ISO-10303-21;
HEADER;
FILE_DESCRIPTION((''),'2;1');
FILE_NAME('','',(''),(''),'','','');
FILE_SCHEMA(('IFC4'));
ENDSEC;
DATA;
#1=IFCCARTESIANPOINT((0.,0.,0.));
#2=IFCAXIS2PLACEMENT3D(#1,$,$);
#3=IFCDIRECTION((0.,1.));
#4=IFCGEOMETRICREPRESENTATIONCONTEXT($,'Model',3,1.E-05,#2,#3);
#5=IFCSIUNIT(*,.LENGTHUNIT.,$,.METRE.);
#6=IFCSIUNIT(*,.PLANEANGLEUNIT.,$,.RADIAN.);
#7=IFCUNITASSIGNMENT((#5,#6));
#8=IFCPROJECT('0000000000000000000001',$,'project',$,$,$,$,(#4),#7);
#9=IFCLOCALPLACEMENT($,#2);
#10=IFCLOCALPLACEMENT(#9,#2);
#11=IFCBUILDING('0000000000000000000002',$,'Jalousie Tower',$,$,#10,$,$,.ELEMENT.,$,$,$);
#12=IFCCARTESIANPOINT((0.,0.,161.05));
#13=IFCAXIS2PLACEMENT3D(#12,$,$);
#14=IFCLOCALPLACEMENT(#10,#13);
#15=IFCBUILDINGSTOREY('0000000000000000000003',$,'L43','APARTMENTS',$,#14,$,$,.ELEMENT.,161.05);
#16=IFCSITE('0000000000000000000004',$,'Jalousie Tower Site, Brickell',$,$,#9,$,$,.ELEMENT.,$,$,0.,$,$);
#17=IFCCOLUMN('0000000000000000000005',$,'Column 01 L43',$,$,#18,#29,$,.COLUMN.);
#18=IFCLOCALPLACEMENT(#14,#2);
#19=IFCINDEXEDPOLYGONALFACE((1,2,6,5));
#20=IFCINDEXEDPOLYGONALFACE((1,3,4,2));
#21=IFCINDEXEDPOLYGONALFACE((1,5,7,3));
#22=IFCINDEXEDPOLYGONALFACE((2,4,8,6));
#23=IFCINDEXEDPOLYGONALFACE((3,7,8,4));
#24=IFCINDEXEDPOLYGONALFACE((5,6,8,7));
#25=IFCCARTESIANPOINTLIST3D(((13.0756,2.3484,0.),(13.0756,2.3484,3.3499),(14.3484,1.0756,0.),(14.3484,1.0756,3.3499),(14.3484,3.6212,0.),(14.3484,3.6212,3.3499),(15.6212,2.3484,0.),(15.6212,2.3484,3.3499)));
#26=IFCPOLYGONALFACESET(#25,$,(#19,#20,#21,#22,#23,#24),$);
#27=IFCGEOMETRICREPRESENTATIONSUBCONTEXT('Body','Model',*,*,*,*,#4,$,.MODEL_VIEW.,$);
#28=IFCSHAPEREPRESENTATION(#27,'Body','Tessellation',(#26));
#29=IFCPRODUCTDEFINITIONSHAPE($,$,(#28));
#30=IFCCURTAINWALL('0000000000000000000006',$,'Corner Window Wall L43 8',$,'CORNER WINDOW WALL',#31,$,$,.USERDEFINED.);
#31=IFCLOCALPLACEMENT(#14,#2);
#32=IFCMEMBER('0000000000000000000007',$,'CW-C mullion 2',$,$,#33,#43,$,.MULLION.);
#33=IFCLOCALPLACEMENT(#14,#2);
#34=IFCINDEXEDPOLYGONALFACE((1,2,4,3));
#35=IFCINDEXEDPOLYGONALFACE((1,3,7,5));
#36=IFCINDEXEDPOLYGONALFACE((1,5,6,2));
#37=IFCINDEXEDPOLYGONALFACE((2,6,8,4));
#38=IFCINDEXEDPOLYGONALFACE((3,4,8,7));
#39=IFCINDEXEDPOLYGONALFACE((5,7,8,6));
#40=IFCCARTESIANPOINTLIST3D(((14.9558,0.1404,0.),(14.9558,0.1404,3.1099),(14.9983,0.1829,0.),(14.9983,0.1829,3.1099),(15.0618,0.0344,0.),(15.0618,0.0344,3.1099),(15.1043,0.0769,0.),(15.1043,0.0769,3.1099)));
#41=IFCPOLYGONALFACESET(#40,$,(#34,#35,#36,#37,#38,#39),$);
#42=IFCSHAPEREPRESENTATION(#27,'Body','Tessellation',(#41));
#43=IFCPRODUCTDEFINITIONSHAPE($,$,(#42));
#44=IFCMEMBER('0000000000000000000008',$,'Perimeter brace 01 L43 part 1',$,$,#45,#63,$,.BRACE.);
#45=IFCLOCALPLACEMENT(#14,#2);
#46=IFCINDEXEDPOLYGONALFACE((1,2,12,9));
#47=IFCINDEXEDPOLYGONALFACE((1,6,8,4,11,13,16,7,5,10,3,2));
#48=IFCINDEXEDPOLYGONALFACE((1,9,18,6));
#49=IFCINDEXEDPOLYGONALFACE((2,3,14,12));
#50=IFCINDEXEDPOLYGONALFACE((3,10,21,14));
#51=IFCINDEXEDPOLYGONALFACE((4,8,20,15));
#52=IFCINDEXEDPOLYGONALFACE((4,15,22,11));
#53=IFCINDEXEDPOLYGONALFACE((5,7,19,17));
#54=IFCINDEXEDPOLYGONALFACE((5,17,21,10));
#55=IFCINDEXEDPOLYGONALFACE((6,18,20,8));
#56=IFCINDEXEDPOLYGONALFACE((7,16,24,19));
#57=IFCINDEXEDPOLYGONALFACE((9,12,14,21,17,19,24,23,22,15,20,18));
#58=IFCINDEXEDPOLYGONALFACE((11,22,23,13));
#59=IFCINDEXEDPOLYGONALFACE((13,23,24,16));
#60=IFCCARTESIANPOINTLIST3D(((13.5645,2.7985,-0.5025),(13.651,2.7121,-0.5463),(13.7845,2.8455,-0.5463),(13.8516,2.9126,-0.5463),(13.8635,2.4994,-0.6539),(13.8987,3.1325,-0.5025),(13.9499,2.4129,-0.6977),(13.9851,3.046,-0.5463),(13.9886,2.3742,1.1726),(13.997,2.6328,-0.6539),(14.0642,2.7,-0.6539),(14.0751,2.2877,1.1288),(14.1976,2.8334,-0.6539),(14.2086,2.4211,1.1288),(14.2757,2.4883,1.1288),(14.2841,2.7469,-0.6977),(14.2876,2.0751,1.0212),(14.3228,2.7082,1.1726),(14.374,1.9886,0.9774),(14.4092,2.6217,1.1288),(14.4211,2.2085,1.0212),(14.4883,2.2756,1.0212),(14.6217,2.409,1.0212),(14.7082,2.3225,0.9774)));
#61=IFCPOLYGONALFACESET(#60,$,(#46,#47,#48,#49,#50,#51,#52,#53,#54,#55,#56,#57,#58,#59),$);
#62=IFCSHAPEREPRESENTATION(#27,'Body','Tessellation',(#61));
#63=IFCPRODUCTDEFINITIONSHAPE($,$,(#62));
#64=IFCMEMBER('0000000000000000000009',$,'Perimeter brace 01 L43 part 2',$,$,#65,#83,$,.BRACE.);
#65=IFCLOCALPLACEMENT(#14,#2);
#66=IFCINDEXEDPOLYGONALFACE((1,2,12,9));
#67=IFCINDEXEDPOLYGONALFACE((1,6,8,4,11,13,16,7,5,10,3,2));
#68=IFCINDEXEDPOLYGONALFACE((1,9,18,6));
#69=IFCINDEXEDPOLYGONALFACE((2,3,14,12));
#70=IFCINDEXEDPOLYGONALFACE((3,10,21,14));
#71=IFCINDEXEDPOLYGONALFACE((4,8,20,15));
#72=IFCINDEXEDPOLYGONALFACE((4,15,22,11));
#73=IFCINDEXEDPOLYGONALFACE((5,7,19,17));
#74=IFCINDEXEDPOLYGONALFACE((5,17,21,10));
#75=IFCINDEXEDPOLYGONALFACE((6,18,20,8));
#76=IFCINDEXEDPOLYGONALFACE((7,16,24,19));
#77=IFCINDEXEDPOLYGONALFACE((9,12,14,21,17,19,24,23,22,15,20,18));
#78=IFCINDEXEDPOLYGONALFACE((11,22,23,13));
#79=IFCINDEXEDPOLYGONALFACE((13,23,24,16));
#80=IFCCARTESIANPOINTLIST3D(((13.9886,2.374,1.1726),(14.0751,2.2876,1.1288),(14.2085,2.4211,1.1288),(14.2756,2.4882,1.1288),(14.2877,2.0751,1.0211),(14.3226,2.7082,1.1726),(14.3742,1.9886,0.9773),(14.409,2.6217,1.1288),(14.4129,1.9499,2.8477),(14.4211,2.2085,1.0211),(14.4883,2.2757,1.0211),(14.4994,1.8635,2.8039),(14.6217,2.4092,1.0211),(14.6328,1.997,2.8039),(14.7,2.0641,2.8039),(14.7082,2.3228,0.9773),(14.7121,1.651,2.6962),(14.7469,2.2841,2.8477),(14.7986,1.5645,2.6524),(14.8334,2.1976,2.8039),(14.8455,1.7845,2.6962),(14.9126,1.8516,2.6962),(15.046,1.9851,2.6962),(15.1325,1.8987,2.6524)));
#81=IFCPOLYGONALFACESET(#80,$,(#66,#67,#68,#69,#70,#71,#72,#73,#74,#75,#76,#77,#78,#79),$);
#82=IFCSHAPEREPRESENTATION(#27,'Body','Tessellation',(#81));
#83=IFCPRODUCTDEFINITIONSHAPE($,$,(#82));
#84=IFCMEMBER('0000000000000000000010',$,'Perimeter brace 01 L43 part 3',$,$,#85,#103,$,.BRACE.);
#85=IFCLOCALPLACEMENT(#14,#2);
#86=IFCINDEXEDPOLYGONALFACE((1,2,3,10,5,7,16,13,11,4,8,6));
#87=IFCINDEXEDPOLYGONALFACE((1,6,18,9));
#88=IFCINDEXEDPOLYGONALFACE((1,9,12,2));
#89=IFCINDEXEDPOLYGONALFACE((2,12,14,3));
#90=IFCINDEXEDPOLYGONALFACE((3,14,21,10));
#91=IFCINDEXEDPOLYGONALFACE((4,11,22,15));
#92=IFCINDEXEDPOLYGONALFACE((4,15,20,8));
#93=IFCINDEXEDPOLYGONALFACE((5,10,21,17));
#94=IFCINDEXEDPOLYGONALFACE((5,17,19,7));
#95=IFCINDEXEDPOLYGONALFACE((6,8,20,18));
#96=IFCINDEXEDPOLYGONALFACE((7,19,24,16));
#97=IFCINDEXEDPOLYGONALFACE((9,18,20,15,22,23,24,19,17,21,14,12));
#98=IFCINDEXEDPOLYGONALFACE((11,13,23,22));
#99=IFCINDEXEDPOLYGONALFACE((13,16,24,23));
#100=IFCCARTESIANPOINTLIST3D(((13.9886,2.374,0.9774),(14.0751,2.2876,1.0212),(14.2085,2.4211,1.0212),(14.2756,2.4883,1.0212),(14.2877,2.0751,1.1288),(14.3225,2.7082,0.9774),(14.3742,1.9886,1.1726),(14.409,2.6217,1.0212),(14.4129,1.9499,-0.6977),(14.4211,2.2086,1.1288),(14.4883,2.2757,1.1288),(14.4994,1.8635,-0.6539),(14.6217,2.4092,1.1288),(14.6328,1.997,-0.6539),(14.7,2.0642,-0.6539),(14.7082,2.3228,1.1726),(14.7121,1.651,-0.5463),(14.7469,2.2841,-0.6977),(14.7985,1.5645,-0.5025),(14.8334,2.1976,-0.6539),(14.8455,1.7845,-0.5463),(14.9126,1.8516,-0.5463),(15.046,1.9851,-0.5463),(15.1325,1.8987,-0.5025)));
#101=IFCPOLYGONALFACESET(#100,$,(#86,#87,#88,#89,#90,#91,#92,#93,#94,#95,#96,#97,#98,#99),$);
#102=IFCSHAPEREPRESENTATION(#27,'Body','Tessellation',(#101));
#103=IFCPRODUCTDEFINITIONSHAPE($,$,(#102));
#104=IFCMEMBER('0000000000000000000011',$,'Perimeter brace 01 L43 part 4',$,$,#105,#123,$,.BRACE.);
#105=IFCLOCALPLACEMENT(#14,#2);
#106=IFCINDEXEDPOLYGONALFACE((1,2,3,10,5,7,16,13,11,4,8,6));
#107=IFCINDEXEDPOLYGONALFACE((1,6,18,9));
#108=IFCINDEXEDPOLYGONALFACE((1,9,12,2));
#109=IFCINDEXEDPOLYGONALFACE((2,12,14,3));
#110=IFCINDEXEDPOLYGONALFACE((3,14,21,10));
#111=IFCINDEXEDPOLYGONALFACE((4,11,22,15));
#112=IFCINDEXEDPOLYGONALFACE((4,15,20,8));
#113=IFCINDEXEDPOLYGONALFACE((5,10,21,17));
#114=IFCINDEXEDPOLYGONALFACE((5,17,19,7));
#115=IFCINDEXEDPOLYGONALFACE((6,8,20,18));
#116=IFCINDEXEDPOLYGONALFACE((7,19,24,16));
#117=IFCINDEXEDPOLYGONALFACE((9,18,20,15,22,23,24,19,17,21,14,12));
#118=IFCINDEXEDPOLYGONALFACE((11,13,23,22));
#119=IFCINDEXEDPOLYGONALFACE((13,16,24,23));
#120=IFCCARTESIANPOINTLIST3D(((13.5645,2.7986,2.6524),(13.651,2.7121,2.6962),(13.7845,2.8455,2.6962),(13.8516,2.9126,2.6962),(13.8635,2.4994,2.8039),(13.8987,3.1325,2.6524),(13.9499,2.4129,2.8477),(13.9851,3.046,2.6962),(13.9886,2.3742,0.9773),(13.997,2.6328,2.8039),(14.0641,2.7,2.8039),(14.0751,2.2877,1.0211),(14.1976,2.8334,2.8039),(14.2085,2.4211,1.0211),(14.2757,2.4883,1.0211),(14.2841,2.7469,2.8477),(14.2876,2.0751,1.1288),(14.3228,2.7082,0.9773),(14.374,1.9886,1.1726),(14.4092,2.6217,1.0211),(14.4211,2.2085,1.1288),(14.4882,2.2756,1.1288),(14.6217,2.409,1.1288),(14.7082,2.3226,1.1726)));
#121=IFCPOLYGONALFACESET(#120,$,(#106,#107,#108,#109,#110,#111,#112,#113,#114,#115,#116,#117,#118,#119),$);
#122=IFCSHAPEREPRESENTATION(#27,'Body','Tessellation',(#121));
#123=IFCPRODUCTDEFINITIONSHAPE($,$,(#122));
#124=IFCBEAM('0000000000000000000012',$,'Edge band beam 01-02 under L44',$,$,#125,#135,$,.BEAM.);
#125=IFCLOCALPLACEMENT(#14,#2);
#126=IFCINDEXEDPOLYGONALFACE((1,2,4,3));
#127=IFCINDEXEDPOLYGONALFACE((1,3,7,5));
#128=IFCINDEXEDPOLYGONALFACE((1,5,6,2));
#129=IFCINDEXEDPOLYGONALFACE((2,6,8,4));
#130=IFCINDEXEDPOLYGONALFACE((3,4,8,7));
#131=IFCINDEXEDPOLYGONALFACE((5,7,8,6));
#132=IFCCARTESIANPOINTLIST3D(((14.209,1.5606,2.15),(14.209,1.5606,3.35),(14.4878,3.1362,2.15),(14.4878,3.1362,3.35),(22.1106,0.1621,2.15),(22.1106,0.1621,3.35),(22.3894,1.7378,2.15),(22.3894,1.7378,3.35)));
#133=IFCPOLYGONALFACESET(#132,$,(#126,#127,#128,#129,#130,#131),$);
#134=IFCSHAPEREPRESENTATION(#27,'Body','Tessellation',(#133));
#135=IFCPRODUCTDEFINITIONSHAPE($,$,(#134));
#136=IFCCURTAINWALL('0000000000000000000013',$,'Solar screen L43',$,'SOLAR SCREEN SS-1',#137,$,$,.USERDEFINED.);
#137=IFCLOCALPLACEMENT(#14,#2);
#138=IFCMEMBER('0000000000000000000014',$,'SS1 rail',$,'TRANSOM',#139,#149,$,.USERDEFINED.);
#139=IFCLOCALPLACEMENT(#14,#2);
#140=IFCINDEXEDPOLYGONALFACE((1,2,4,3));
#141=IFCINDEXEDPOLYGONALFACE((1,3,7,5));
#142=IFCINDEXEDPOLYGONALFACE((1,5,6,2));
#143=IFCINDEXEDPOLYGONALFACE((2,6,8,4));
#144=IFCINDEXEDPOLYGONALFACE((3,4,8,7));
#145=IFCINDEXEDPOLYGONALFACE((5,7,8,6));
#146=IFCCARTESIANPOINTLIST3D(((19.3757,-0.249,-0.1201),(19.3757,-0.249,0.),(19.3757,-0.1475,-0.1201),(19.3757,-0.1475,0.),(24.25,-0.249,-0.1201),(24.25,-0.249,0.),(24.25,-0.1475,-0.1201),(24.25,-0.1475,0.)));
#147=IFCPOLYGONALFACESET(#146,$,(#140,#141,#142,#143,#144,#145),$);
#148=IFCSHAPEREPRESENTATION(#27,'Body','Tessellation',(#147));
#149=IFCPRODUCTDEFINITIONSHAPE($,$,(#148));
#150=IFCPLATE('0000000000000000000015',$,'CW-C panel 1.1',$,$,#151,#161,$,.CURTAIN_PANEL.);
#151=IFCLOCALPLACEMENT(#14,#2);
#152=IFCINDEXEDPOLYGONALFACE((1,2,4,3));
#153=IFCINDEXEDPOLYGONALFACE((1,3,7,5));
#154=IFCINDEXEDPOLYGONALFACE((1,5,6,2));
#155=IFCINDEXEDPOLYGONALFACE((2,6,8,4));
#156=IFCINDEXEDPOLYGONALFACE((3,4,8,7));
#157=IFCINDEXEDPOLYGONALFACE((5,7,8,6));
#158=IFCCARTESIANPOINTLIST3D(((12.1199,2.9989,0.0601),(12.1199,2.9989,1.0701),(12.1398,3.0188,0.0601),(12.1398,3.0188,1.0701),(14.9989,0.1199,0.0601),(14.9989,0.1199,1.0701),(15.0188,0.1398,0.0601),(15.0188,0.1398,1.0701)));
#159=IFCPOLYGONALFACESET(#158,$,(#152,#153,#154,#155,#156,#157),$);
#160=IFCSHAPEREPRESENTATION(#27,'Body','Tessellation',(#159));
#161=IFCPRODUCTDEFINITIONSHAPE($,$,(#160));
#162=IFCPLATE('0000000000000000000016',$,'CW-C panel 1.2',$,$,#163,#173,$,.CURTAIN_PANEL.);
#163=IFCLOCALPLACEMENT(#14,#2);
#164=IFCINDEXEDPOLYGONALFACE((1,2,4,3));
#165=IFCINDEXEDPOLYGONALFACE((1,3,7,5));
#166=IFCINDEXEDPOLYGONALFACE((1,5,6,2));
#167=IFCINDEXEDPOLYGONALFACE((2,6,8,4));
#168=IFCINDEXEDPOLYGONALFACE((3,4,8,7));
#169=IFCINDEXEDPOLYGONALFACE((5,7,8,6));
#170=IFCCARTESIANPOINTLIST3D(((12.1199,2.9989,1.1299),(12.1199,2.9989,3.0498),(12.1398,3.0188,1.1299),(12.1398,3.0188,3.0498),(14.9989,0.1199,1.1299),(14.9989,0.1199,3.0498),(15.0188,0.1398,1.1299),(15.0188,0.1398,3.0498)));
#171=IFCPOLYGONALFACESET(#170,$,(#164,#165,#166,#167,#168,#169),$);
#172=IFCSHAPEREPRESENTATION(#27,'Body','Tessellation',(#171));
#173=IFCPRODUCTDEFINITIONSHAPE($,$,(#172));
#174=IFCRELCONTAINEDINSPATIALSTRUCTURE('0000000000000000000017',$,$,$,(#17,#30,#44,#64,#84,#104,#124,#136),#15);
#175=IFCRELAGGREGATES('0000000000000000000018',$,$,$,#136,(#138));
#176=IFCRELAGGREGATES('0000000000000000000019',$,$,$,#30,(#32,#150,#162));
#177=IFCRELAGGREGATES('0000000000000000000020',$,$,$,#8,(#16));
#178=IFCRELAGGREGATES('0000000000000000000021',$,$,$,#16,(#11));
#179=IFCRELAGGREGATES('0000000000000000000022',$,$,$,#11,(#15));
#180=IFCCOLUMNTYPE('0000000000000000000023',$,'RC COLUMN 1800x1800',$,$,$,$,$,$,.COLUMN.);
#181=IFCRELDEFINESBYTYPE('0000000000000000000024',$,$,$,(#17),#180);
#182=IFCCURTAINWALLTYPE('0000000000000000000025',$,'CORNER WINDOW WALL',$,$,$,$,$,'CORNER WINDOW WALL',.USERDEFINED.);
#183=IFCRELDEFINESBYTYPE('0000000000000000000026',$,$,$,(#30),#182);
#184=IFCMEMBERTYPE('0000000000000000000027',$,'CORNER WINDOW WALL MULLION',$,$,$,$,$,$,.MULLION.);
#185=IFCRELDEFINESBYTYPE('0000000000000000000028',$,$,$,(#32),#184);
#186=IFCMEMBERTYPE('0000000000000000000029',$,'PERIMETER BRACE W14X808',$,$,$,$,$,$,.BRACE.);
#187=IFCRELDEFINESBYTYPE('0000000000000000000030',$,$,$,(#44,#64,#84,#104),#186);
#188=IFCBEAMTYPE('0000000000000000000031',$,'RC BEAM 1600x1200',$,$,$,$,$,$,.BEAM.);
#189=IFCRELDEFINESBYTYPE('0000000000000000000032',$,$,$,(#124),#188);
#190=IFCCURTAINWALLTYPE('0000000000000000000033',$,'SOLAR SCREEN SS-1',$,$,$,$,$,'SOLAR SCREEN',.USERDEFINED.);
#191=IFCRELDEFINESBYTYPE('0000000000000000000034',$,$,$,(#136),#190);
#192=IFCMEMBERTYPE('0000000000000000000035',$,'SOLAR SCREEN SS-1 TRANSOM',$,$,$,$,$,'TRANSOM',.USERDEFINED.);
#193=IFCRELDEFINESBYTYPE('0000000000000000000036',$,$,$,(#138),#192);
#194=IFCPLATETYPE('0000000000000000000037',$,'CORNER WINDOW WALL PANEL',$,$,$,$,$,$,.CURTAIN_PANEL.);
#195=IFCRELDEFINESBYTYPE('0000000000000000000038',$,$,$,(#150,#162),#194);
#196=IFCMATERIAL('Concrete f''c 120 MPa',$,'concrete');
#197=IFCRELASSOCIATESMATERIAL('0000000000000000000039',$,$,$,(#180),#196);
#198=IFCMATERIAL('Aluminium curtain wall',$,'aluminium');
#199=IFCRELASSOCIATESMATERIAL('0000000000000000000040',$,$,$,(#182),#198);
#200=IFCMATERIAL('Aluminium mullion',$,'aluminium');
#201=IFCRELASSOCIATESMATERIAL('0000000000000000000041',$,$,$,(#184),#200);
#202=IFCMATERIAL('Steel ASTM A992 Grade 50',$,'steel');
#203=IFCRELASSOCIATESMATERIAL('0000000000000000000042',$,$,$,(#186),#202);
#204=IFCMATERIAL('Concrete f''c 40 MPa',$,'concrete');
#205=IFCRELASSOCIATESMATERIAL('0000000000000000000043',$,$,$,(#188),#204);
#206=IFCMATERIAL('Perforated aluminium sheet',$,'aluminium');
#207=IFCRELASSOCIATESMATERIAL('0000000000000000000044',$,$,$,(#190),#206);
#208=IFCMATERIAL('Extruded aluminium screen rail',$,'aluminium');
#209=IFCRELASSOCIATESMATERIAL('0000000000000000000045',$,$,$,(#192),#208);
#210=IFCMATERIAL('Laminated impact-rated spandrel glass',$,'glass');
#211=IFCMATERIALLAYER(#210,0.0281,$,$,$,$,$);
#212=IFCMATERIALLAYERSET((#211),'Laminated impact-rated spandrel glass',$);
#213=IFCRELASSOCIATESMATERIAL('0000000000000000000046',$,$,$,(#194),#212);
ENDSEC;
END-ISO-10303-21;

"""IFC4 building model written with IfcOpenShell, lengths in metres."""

from ifc_helpers import new_model, si_unit, direction, frame, origin, origin_2d, place, context, subcontext, project, spatial, rectangle, i_section, extrude, material, layer, layer_set, material_profile, profile_set, type_object, element, aggregate, save


model = new_model("IFC4")

# Units and contexts
model_context = context("Model", 3, precision=1e-05, world=origin(), true_north=direction((0.0, 1.0)))
body_context = subcontext(model_context, "Body", "Model", "MODEL_VIEW")
ifc_project = project(units=[si_unit("LENGTHUNIT", "METRE"), si_unit("PLANEANGLEUNIT", "RADIAN")], contexts=[model_context])

# Site, building, storey
site_placement = place(None, origin())
site = spatial("IfcSite", under=ifc_project, at=site_placement, Name="Jalousie Tower Site, Brickell", CompositionType="ELEMENT", RefElevation=0.0)
building_placement = place(site_placement, origin())
building = spatial("IfcBuilding", under=site, at=building_placement, Name="Jalousie Tower", CompositionType="ELEMENT")
storey_placement = place(building_placement, frame((0.0, 0.0, 161.05)))
storey = spatial("IfcBuildingStorey", under=building, at=storey_placement, Name="L43", Description="APARTMENTS", CompositionType="ELEMENT", Elevation=161.05)

# Column
ifc_material_1 = material(Name="Concrete f'c 120 MPa", Category="concrete")
ifc_material_profile_1 = material_profile(ifc_material_1, rectangle(XDim=1.8, YDim=1.8, at=origin_2d()), Name="RC 1800x1800")
ifc_profile_set_1 = profile_set([ifc_material_profile_1], Name="Concrete f'c 120 MPa")
column_type = type_object("IfcColumnType", Name="RC COLUMN 1800x1800", PredefinedType="COLUMN", material=ifc_profile_set_1)
column_placement = place(storey_placement, frame((14.3484, 2.3484, 0.0), z_axis=(0.0, 0.0, 1.0), x_axis=(0.707107, 0.707107, 0.0)))
element("IfcColumn", 1, at=column_placement, inside=storey, type_object=column_type, Name="Column 01 L43", PredefinedType="COLUMN", context=body_context, shape_type="SweptSolid", body=[
    extrude(rectangle(XDim=1.8, YDim=1.8, at=origin_2d()), origin(), (0.0, 0.0, 1.0), 3.3499),
])

# Curtain wall, member
ifc_material_2 = material(Name="Aluminium curtain wall", Category="aluminium")
curtain_wall_type_1 = type_object("IfcCurtainWallType", Name="CORNER WINDOW WALL", ElementType="CORNER WINDOW WALL", PredefinedType="USERDEFINED", material=ifc_material_2)
curtain_wall_1_placement = place(storey_placement, origin())
curtain_wall_1 = element("IfcCurtainWall", 2, at=curtain_wall_1_placement, inside=storey, type_object=curtain_wall_type_1, Name="Corner Window Wall L43 8", ObjectType="CORNER WINDOW WALL", PredefinedType="USERDEFINED")
ifc_material_3 = material(Name="Aluminium mullion", Category="aluminium")
ifc_material_profile_2 = material_profile(ifc_material_3, rectangle(XDim=0.0601, YDim=0.1499, at=origin_2d()), Name="MULLION 60x150")
ifc_profile_set_2 = profile_set([ifc_material_profile_2], Name="Aluminium mullion")
member_type_1 = type_object("IfcMemberType", Name="CORNER WINDOW WALL MULLION", PredefinedType="MULLION", material=ifc_profile_set_2)
member_1_placement = place(storey_placement, frame((15.03, 0.1086, 0.0), z_axis=(0.0, 0.0, 1.0), x_axis=(0.707107, 0.707107, 0.0)))
member_1 = element("IfcMember", 3, at=member_1_placement, type_object=member_type_1, Name="CW-C mullion 2", PredefinedType="MULLION", context=body_context, shape_type="SweptSolid", body=[
    extrude(rectangle(XDim=0.0601, YDim=0.1499, at=origin_2d()), origin(), (0.0, 0.0, 1.0), 3.1099),
])

# Members
ifc_material_4 = material(Name="Steel ASTM A992 Grade 50", Category="steel")
ifc_material_profile_3 = material_profile(ifc_material_4, i_section(OverallWidth=0.4724, OverallDepth=0.5791, WebThickness=0.095, FlangeThickness=0.1299, at=origin_2d()), Name="W14X808")
ifc_profile_set_3 = profile_set([ifc_material_profile_3], Name="Steel ASTM A992 Grade 50")
member_type_2 = type_object("IfcMemberType", Name="PERIMETER BRACE W14X808", PredefinedType="BRACE", material=ifc_profile_set_3)
for number, where, z_axis, x_axis, name in (
    (4, (13.9243, 2.7727, -0.6001), (0.238346, -0.238483, 0.941444), (0.70731, 0.706903, 0.0), "Perimeter brace 01 L43 part 1"),
    (5, (14.3484, 2.3484, 1.075), (0.238483, -0.238346, 0.941444), (0.706903, 0.70731, 0.0), "Perimeter brace 01 L43 part 2"),
    (6, (14.7727, 1.9243, -0.6001), (-0.238483, 0.238346, 0.941444), (-0.706903, -0.70731, 0.0), "Perimeter brace 01 L43 part 3"),
    (7, (14.3484, 2.3484, 1.075), (-0.238346, 0.238483, 0.941444), (-0.70731, -0.706903, 0.0), "Perimeter brace 01 L43 part 4"),
):
    element("IfcMember", number, at=place(storey_placement, frame(where, z_axis=z_axis, x_axis=x_axis)), inside=storey, type_object=member_type_2, Name=name, PredefinedType="BRACE", context=body_context, shape_type="SweptSolid", body=[
        extrude(i_section(OverallWidth=0.4724, OverallDepth=0.5791, WebThickness=0.095, FlangeThickness=0.1299, at=origin_2d()), origin(), (0.0, 0.0, 1.0), 1.7793),
    ])

# Beam
ifc_material_5 = material(Name="Concrete f'c 40 MPa", Category="concrete")
ifc_material_profile_4 = material_profile(ifc_material_5, rectangle(XDim=1.6001, YDim=1.2, at=origin_2d()), Name="RC 1600x1200")
ifc_profile_set_4 = profile_set([ifc_material_profile_4], Name="Concrete f'c 40 MPa")
beam_type = type_object("IfcBeamType", Name="RC BEAM 1600x1200", PredefinedType="BEAM", material=ifc_profile_set_4)
beam_placement = place(storey_placement, frame((14.3484, 2.3484, 2.75), z_axis=(0.984697, -0.174273, 0.0), x_axis=(0.174273, 0.984697, 0.0)))
element("IfcBeam", 8, at=beam_placement, inside=storey, type_object=beam_type, Name="Edge band beam 01-02 under L44", PredefinedType="BEAM", context=body_context, shape_type="SweptSolid", body=[
    extrude(rectangle(XDim=1.6001, YDim=1.2, at=origin_2d()), origin(), (0.0, 0.0, 1.0), 8.0244),
])

# Curtain wall, member
ifc_material_6 = material(Name="Perforated aluminium sheet", Category="aluminium")
curtain_wall_type_2 = type_object("IfcCurtainWallType", Name="SOLAR SCREEN SS-1", ElementType="SOLAR SCREEN", PredefinedType="USERDEFINED", material=ifc_material_6)
curtain_wall_2_placement = place(storey_placement, origin())
curtain_wall_2 = element("IfcCurtainWall", 9, at=curtain_wall_2_placement, inside=storey, type_object=curtain_wall_type_2, Name="Solar screen L43", ObjectType="SOLAR SCREEN SS-1", PredefinedType="USERDEFINED")
ifc_material_7 = material(Name="Extruded aluminium screen rail", Category="aluminium")
ifc_material_profile_5 = material_profile(ifc_material_7, rectangle(XDim=0.1016, YDim=0.1201, at=origin_2d()), Name="RAIL 102x120")
ifc_profile_set_5 = profile_set([ifc_material_profile_5], Name="Extruded aluminium screen rail")
member_type_3 = type_object("IfcMemberType", Name="SOLAR SCREEN SS-1 TRANSOM", ElementType="TRANSOM", PredefinedType="USERDEFINED", material=ifc_profile_set_5)
member_2_placement = place(storey_placement, frame((19.3757, -0.1982, -0.0601), z_axis=(1.0, 0.0, 0.0), x_axis=(0.0, 1.0, 0.0)))
member_2 = element("IfcMember", 10, at=member_2_placement, type_object=member_type_3, Name="SS1 rail", ObjectType="TRANSOM", PredefinedType="USERDEFINED", context=body_context, shape_type="SweptSolid", body=[
    extrude(rectangle(XDim=0.1016, YDim=0.1201, at=origin_2d()), origin(), (0.0, 0.0, 1.0), 4.8743),
])
aggregate(curtain_wall_2, [member_2])

# Plates
ifc_material_8 = material(Name="Laminated impact-rated spandrel glass", Category="glass")
ifc_layer = layer(ifc_material_8, 0.0281)
ifc_layer_set = layer_set([ifc_layer], Name="Laminated impact-rated spandrel glass")
plate_type = type_object("IfcPlateType", Name="CORNER WINDOW WALL PANEL", PredefinedType="CURTAIN_PANEL", material=ifc_layer_set)
plate_1_placement = place(storey_placement, frame((13.5693, 1.5693, 0.0601), z_axis=(0.0, 0.0, 1.0), x_axis=(0.707107, -0.707107, 0.0)))
plate_1 = element("IfcPlate", 11, at=plate_1_placement, type_object=plate_type, Name="CW-C panel 1.1", PredefinedType="CURTAIN_PANEL", context=body_context, shape_type="SweptSolid", body=[
    extrude(rectangle(XDim=4.0715, YDim=0.0281, at=origin_2d()), origin(), (0.0, 0.0, 1.0), 1.01),
])
plate_2_placement = place(storey_placement, frame((13.5693, 1.5693, 1.1299), z_axis=(0.0, 0.0, 1.0), x_axis=(0.707107, -0.707107, 0.0)))
plate_2 = element("IfcPlate", 12, at=plate_2_placement, type_object=plate_type, Name="CW-C panel 1.2", PredefinedType="CURTAIN_PANEL", context=body_context, shape_type="SweptSolid", body=[
    extrude(rectangle(XDim=4.0715, YDim=0.0281, at=origin_2d()), origin(), (0.0, 0.0, 1.0), 1.9199),
])
aggregate(curtain_wall_1, [member_1, plate_1, plate_2])

save(model, "model.ifc")
